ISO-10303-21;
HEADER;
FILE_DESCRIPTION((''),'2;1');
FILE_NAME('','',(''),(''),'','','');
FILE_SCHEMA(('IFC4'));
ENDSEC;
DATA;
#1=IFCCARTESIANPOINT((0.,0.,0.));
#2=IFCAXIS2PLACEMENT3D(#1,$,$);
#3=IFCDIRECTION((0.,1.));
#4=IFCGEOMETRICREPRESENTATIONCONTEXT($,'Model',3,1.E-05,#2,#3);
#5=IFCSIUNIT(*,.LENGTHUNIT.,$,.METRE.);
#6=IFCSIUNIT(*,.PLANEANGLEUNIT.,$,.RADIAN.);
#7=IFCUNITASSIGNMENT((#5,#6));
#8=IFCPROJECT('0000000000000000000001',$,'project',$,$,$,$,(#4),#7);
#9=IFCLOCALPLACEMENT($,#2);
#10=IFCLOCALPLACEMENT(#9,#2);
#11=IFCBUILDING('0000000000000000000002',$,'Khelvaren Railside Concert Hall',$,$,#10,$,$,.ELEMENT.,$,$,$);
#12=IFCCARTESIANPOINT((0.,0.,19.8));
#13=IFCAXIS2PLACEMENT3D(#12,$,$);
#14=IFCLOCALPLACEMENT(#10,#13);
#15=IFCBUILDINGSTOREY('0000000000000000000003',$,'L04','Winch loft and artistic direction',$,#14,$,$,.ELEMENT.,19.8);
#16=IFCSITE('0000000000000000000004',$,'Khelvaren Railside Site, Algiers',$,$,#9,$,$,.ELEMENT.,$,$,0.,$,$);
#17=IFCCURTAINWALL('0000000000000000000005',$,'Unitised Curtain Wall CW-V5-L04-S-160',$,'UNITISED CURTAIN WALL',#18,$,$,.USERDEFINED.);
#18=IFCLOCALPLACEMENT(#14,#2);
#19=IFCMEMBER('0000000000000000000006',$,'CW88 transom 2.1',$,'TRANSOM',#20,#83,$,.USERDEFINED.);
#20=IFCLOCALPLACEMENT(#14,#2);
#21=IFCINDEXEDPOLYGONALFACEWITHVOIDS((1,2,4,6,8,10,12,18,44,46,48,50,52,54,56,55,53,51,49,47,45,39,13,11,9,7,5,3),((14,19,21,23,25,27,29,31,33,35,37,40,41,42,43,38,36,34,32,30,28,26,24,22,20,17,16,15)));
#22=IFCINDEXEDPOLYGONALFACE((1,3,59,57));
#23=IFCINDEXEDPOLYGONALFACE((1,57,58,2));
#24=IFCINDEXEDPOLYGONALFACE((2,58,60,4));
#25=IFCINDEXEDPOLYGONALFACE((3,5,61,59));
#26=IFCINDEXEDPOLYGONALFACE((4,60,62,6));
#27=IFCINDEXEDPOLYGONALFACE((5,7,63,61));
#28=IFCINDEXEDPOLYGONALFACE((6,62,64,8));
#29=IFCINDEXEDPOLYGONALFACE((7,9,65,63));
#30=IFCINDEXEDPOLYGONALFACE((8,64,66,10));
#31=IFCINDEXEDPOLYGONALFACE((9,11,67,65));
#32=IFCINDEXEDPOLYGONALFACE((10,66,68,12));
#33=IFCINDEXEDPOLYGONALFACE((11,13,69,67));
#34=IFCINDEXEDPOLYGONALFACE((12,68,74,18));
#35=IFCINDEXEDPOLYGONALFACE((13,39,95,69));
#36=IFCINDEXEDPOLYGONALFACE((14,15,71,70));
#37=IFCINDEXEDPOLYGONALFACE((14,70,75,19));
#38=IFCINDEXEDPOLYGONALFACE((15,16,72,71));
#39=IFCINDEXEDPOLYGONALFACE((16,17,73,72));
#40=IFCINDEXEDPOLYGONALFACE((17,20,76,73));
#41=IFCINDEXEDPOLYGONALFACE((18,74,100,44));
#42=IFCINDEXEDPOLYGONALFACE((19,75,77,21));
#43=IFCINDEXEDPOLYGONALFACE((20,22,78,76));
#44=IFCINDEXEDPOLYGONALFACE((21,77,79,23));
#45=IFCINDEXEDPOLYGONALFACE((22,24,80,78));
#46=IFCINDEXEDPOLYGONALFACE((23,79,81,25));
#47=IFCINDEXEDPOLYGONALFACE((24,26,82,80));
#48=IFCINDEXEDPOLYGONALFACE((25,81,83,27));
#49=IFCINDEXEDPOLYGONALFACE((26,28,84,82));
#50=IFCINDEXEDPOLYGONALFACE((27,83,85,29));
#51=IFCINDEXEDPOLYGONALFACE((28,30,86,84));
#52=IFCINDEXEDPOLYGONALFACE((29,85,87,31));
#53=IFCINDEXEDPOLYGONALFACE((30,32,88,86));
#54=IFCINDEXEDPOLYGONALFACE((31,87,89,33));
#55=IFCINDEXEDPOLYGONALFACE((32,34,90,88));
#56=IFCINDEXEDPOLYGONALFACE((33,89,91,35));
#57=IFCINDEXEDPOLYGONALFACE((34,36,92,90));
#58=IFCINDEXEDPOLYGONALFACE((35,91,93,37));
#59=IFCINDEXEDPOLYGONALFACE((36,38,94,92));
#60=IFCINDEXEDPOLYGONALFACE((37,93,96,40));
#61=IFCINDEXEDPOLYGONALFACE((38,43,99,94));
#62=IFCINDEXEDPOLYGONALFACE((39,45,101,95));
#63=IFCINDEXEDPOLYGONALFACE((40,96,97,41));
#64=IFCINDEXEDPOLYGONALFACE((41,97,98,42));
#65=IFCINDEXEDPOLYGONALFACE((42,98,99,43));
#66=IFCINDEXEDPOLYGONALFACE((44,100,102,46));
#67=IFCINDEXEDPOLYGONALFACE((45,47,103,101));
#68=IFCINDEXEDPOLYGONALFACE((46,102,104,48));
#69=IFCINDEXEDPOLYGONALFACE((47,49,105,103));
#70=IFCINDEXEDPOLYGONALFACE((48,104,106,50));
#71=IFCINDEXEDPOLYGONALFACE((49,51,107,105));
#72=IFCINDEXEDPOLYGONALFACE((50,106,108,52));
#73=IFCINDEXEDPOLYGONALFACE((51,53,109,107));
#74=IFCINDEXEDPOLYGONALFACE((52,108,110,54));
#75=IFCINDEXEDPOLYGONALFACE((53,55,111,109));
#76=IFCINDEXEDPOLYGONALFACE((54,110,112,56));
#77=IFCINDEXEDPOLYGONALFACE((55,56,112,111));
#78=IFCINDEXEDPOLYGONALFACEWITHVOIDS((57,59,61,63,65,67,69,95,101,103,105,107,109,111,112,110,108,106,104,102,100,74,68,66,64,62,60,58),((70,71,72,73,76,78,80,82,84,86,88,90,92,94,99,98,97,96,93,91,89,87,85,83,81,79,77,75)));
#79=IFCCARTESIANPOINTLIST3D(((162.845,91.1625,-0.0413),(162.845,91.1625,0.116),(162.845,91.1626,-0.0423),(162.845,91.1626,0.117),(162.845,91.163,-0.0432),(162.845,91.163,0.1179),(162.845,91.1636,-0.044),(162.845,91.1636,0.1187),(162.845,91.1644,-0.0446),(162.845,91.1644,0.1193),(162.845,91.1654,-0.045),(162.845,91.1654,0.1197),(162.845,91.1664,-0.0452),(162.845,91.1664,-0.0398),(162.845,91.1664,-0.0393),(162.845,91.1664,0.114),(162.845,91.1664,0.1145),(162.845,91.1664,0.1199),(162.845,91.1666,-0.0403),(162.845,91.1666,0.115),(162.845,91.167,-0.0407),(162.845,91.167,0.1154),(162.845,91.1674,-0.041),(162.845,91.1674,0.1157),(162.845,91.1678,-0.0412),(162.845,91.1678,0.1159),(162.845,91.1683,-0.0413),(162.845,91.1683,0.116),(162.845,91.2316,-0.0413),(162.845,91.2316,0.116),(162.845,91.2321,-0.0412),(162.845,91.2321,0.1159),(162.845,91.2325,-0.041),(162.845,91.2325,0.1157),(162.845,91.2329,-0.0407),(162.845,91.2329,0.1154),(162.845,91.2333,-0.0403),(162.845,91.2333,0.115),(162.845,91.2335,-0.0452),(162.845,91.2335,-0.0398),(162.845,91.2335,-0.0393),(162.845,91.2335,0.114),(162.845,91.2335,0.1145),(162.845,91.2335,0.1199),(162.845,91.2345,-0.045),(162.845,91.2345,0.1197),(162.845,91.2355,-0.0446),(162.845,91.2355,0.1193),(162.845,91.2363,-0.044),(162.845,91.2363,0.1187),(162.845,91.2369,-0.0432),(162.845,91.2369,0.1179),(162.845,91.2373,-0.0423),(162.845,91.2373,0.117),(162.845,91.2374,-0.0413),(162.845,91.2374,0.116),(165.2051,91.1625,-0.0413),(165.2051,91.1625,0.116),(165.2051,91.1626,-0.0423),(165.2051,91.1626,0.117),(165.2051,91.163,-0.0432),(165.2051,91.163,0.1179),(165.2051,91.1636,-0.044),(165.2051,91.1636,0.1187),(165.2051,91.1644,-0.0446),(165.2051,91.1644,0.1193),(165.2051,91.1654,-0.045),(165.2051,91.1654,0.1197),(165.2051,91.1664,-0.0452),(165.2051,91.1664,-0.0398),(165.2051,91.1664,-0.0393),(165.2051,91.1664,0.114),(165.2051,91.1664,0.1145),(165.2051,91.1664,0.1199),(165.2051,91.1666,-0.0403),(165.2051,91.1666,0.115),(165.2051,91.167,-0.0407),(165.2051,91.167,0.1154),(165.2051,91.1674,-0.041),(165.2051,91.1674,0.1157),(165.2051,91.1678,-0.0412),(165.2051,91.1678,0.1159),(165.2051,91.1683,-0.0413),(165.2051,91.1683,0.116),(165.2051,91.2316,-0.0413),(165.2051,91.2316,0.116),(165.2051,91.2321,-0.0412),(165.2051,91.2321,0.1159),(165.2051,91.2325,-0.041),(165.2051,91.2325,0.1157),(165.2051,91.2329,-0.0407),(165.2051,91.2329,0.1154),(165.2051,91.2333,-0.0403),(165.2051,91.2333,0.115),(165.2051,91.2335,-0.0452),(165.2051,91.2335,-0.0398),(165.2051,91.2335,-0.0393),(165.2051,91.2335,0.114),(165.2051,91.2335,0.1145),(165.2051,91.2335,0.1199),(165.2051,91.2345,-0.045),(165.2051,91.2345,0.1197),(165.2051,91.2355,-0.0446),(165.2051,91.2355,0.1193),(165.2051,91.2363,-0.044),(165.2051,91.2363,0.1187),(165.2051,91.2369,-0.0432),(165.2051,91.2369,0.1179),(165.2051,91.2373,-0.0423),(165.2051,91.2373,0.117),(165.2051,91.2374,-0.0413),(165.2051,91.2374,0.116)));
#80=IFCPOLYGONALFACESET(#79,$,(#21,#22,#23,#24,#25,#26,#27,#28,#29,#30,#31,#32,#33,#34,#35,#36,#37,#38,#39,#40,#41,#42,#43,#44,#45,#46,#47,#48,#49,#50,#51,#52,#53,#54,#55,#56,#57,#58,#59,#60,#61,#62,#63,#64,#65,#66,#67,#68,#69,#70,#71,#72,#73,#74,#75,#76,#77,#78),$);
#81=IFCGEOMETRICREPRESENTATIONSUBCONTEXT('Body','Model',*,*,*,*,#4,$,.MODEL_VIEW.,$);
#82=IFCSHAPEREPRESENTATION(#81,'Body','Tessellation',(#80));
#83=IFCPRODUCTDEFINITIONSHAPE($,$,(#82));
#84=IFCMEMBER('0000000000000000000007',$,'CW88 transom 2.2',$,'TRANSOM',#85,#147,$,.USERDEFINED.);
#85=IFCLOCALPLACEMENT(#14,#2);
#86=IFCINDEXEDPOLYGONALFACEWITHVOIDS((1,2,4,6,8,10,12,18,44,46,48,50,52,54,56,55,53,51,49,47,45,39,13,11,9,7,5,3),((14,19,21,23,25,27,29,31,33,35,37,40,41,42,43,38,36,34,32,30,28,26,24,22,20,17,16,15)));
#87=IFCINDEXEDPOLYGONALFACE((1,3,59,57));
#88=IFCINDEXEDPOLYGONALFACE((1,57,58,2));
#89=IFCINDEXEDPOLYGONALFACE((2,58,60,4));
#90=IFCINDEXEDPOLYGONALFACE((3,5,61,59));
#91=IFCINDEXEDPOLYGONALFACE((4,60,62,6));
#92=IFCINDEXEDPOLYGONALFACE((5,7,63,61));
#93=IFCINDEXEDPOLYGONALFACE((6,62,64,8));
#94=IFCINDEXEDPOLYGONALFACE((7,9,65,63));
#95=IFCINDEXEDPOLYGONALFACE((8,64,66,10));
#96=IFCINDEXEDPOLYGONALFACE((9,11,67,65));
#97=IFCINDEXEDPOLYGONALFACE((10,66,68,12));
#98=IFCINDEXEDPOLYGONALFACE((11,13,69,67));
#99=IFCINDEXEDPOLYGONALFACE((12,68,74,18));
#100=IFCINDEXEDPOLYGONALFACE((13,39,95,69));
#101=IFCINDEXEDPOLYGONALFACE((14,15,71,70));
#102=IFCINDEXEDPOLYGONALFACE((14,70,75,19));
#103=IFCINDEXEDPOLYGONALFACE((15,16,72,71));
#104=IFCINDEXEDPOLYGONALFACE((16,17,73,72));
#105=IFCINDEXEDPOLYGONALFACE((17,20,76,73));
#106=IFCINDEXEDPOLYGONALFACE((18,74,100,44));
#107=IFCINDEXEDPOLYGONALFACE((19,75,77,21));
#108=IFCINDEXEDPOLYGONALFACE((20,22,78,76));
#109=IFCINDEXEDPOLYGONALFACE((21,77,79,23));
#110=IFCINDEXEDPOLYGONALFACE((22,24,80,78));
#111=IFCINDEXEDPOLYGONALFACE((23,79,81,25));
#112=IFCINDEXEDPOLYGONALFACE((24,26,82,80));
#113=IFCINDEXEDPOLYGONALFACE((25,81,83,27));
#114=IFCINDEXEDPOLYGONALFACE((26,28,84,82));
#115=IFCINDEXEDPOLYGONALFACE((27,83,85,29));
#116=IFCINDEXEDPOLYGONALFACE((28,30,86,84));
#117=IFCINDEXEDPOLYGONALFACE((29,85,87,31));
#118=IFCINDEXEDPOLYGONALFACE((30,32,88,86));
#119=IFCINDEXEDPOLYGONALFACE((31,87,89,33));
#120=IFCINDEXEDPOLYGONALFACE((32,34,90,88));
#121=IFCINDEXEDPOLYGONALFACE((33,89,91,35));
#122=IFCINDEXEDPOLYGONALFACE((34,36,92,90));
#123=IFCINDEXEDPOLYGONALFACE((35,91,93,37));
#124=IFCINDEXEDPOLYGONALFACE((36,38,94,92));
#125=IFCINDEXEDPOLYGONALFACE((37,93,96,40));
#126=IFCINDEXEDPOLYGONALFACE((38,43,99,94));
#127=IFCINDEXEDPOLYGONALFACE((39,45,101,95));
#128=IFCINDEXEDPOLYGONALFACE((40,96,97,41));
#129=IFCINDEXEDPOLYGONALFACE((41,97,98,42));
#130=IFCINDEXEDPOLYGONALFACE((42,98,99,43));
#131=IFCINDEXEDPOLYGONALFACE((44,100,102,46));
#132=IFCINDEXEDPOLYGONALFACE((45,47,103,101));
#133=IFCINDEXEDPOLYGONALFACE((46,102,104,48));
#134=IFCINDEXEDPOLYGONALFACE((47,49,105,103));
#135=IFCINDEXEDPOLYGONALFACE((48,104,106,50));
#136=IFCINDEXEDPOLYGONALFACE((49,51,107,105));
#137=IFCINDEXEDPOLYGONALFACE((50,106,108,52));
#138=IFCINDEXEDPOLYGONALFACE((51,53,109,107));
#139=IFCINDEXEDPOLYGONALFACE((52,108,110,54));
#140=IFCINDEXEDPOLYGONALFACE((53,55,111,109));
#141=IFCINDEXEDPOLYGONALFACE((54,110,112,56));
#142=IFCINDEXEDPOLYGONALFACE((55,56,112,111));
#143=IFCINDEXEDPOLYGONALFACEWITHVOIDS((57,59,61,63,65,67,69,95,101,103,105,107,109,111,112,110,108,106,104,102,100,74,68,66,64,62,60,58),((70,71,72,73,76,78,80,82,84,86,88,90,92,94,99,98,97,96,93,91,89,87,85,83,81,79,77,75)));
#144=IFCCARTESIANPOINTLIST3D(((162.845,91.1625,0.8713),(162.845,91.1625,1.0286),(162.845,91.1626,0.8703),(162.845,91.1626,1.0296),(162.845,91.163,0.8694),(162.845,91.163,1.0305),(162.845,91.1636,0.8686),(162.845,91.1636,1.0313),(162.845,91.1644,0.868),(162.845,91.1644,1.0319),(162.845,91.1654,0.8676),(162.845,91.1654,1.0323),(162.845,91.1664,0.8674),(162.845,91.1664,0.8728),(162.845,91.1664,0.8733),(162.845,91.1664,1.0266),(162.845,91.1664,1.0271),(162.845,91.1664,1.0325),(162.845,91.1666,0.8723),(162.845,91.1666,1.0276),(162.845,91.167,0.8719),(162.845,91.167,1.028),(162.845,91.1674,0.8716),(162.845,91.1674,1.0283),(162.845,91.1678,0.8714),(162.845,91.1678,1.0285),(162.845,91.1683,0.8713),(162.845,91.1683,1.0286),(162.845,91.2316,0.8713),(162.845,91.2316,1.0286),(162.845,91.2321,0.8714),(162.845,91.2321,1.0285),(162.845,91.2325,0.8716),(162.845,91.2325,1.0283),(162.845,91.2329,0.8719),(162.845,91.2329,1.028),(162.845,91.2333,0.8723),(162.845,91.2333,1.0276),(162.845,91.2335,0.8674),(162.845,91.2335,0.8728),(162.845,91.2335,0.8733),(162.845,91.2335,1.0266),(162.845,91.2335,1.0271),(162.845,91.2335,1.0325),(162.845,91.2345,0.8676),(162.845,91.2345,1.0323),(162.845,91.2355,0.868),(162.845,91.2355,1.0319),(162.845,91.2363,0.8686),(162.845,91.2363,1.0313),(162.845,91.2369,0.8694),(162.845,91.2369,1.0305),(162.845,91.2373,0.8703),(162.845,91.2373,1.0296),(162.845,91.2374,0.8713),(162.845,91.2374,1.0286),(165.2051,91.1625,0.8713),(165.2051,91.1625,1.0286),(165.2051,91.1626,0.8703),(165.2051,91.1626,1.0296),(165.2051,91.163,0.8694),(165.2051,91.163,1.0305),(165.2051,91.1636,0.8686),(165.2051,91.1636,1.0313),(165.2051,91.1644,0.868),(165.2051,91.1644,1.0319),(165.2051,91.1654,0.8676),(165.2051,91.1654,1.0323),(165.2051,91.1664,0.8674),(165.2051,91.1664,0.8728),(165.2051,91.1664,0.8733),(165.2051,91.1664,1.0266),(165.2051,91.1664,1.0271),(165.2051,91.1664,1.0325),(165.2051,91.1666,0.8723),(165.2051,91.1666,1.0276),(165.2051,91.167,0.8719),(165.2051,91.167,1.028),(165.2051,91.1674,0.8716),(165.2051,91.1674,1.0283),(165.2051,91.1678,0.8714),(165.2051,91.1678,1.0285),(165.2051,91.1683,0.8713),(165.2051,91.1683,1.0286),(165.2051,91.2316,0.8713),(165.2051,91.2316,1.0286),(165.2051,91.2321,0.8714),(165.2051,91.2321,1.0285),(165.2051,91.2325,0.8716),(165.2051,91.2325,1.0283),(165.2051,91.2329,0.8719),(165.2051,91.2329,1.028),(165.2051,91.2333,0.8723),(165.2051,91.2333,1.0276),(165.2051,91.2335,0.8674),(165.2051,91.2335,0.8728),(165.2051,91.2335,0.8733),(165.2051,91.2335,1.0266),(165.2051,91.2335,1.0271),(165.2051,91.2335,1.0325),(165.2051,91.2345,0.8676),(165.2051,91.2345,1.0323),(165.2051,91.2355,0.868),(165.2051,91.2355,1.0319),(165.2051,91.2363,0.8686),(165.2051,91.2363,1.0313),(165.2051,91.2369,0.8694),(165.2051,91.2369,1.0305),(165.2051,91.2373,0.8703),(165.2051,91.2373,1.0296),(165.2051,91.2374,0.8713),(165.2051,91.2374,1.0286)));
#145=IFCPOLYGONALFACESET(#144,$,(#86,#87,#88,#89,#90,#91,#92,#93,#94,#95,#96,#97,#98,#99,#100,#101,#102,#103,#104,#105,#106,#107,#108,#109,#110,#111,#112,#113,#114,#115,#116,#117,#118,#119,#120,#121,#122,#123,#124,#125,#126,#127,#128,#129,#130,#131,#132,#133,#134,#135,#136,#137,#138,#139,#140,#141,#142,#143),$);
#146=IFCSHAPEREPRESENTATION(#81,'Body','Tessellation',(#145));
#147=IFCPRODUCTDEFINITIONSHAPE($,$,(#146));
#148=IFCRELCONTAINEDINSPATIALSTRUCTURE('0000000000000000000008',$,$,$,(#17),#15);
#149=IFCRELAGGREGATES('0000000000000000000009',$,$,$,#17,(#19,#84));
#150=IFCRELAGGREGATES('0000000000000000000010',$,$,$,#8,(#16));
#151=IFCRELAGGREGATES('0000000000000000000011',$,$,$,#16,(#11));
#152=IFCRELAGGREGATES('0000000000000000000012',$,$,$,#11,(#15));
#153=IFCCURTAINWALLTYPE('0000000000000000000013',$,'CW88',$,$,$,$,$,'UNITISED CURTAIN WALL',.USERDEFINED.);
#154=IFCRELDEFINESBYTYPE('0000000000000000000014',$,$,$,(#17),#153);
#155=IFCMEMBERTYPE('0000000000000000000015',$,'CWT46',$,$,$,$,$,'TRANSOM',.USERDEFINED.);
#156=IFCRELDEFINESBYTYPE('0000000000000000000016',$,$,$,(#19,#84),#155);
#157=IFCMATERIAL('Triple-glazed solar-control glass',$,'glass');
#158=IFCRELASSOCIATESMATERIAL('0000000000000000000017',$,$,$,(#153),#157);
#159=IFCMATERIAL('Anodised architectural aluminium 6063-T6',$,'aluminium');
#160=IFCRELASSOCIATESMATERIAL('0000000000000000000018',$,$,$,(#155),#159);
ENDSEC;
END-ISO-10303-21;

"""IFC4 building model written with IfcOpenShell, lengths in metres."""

from ifc_helpers import new_model, si_unit, direction, frame, origin, origin_2d, place, context, subcontext, project, spatial, hollow_rectangle, extrude, material, material_profile, profile_set, type_object, element, aggregate, save


model = new_model("IFC4")

# Units and contexts
model_context = context("Model", 3, precision=1e-05, world=origin(), true_north=direction((0.0, 1.0)))
body_context = subcontext(model_context, "Body", "Model", "MODEL_VIEW")
ifc_project = project(units=[si_unit("LENGTHUNIT", "METRE"), si_unit("PLANEANGLEUNIT", "RADIAN")], contexts=[model_context])

# Site, building, storey
site_placement = place(None, origin())
site = spatial("IfcSite", under=ifc_project, at=site_placement, Name="Khelvaren Railside Site, Algiers", CompositionType="ELEMENT", RefElevation=0.0)
building_placement = place(site_placement, origin())
building = spatial("IfcBuilding", under=site, at=building_placement, Name="Khelvaren Railside Concert Hall", CompositionType="ELEMENT")
storey_placement = place(building_placement, frame((0.0, 0.0, 19.8)))
storey = spatial("IfcBuildingStorey", under=building, at=storey_placement, Name="L04", Description="Winch loft and artistic direction", CompositionType="ELEMENT", Elevation=19.8)

# Curtain wall
ifc_material_1 = material(Name="Triple-glazed solar-control glass", Category="glass")
curtain_wall_type_1 = type_object("IfcCurtainWallType", Name="CW88", ElementType="UNITISED CURTAIN WALL", PredefinedType="USERDEFINED", material=ifc_material_1)
curtain_wall_1_placement = place(storey_placement, origin())
curtain_wall_1 = element("IfcCurtainWall", 1, at=curtain_wall_1_placement, inside=storey, type_object=curtain_wall_type_1, Name="Unitised Curtain Wall CW-V5-L04-S-160", ObjectType="UNITISED CURTAIN WALL", PredefinedType="USERDEFINED")
ifc_material_2 = material(Name="Anodised architectural aluminium 6063-T6", Category="aluminium")

# Members
ifc_material_profile_1 = material_profile(ifc_material_2, hollow_rectangle(XDim=0.075, YDim=0.165, WallThickness=0.0039, InnerFilletRadius=0.002, OuterFilletRadius=0.0039, at=origin_2d()), Name="CWT 75x165x4")
ifc_profile_set_1 = profile_set([ifc_material_profile_1], Name="Anodised architectural aluminium 6063-T6")
member_type_1 = type_object("IfcMemberType", Name="CWT46", ElementType="TRANSOM", PredefinedType="USERDEFINED", material=ifc_profile_set_1)
member_1_placement = place(storey_placement, frame((165.2051, 91.2, 0.0374), z_axis=(-1.0, 0.0, 0.0), x_axis=(0.0, -1.0, 0.0)))
member_1 = element("IfcMember", 2, at=member_1_placement, type_object=member_type_1, Name="CW88 transom 2.1", ObjectType="TRANSOM", PredefinedType="USERDEFINED", context=body_context, shape_type="SweptSolid", body=[
    extrude(hollow_rectangle(XDim=0.075, YDim=0.165, WallThickness=0.0039, InnerFilletRadius=0.002, OuterFilletRadius=0.0039, at=origin_2d()), origin(), (0.0, 0.0, 1.0), 2.3601),
])
member_2_placement = place(storey_placement, frame((165.2051, 91.2, 0.95), z_axis=(-1.0, 0.0, 0.0), x_axis=(0.0, -1.0, 0.0)))
member_2 = element("IfcMember", 3, at=member_2_placement, type_object=member_type_1, Name="CW88 transom 2.2", ObjectType="TRANSOM", PredefinedType="USERDEFINED", context=body_context, shape_type="SweptSolid", body=[
    extrude(hollow_rectangle(XDim=0.075, YDim=0.165, WallThickness=0.0039, InnerFilletRadius=0.002, OuterFilletRadius=0.0039, at=origin_2d()), origin(), (0.0, 0.0, 1.0), 2.3601),
])

aggregate(curtain_wall_1, [member_1, member_2])

save(model, "model.ifc")
